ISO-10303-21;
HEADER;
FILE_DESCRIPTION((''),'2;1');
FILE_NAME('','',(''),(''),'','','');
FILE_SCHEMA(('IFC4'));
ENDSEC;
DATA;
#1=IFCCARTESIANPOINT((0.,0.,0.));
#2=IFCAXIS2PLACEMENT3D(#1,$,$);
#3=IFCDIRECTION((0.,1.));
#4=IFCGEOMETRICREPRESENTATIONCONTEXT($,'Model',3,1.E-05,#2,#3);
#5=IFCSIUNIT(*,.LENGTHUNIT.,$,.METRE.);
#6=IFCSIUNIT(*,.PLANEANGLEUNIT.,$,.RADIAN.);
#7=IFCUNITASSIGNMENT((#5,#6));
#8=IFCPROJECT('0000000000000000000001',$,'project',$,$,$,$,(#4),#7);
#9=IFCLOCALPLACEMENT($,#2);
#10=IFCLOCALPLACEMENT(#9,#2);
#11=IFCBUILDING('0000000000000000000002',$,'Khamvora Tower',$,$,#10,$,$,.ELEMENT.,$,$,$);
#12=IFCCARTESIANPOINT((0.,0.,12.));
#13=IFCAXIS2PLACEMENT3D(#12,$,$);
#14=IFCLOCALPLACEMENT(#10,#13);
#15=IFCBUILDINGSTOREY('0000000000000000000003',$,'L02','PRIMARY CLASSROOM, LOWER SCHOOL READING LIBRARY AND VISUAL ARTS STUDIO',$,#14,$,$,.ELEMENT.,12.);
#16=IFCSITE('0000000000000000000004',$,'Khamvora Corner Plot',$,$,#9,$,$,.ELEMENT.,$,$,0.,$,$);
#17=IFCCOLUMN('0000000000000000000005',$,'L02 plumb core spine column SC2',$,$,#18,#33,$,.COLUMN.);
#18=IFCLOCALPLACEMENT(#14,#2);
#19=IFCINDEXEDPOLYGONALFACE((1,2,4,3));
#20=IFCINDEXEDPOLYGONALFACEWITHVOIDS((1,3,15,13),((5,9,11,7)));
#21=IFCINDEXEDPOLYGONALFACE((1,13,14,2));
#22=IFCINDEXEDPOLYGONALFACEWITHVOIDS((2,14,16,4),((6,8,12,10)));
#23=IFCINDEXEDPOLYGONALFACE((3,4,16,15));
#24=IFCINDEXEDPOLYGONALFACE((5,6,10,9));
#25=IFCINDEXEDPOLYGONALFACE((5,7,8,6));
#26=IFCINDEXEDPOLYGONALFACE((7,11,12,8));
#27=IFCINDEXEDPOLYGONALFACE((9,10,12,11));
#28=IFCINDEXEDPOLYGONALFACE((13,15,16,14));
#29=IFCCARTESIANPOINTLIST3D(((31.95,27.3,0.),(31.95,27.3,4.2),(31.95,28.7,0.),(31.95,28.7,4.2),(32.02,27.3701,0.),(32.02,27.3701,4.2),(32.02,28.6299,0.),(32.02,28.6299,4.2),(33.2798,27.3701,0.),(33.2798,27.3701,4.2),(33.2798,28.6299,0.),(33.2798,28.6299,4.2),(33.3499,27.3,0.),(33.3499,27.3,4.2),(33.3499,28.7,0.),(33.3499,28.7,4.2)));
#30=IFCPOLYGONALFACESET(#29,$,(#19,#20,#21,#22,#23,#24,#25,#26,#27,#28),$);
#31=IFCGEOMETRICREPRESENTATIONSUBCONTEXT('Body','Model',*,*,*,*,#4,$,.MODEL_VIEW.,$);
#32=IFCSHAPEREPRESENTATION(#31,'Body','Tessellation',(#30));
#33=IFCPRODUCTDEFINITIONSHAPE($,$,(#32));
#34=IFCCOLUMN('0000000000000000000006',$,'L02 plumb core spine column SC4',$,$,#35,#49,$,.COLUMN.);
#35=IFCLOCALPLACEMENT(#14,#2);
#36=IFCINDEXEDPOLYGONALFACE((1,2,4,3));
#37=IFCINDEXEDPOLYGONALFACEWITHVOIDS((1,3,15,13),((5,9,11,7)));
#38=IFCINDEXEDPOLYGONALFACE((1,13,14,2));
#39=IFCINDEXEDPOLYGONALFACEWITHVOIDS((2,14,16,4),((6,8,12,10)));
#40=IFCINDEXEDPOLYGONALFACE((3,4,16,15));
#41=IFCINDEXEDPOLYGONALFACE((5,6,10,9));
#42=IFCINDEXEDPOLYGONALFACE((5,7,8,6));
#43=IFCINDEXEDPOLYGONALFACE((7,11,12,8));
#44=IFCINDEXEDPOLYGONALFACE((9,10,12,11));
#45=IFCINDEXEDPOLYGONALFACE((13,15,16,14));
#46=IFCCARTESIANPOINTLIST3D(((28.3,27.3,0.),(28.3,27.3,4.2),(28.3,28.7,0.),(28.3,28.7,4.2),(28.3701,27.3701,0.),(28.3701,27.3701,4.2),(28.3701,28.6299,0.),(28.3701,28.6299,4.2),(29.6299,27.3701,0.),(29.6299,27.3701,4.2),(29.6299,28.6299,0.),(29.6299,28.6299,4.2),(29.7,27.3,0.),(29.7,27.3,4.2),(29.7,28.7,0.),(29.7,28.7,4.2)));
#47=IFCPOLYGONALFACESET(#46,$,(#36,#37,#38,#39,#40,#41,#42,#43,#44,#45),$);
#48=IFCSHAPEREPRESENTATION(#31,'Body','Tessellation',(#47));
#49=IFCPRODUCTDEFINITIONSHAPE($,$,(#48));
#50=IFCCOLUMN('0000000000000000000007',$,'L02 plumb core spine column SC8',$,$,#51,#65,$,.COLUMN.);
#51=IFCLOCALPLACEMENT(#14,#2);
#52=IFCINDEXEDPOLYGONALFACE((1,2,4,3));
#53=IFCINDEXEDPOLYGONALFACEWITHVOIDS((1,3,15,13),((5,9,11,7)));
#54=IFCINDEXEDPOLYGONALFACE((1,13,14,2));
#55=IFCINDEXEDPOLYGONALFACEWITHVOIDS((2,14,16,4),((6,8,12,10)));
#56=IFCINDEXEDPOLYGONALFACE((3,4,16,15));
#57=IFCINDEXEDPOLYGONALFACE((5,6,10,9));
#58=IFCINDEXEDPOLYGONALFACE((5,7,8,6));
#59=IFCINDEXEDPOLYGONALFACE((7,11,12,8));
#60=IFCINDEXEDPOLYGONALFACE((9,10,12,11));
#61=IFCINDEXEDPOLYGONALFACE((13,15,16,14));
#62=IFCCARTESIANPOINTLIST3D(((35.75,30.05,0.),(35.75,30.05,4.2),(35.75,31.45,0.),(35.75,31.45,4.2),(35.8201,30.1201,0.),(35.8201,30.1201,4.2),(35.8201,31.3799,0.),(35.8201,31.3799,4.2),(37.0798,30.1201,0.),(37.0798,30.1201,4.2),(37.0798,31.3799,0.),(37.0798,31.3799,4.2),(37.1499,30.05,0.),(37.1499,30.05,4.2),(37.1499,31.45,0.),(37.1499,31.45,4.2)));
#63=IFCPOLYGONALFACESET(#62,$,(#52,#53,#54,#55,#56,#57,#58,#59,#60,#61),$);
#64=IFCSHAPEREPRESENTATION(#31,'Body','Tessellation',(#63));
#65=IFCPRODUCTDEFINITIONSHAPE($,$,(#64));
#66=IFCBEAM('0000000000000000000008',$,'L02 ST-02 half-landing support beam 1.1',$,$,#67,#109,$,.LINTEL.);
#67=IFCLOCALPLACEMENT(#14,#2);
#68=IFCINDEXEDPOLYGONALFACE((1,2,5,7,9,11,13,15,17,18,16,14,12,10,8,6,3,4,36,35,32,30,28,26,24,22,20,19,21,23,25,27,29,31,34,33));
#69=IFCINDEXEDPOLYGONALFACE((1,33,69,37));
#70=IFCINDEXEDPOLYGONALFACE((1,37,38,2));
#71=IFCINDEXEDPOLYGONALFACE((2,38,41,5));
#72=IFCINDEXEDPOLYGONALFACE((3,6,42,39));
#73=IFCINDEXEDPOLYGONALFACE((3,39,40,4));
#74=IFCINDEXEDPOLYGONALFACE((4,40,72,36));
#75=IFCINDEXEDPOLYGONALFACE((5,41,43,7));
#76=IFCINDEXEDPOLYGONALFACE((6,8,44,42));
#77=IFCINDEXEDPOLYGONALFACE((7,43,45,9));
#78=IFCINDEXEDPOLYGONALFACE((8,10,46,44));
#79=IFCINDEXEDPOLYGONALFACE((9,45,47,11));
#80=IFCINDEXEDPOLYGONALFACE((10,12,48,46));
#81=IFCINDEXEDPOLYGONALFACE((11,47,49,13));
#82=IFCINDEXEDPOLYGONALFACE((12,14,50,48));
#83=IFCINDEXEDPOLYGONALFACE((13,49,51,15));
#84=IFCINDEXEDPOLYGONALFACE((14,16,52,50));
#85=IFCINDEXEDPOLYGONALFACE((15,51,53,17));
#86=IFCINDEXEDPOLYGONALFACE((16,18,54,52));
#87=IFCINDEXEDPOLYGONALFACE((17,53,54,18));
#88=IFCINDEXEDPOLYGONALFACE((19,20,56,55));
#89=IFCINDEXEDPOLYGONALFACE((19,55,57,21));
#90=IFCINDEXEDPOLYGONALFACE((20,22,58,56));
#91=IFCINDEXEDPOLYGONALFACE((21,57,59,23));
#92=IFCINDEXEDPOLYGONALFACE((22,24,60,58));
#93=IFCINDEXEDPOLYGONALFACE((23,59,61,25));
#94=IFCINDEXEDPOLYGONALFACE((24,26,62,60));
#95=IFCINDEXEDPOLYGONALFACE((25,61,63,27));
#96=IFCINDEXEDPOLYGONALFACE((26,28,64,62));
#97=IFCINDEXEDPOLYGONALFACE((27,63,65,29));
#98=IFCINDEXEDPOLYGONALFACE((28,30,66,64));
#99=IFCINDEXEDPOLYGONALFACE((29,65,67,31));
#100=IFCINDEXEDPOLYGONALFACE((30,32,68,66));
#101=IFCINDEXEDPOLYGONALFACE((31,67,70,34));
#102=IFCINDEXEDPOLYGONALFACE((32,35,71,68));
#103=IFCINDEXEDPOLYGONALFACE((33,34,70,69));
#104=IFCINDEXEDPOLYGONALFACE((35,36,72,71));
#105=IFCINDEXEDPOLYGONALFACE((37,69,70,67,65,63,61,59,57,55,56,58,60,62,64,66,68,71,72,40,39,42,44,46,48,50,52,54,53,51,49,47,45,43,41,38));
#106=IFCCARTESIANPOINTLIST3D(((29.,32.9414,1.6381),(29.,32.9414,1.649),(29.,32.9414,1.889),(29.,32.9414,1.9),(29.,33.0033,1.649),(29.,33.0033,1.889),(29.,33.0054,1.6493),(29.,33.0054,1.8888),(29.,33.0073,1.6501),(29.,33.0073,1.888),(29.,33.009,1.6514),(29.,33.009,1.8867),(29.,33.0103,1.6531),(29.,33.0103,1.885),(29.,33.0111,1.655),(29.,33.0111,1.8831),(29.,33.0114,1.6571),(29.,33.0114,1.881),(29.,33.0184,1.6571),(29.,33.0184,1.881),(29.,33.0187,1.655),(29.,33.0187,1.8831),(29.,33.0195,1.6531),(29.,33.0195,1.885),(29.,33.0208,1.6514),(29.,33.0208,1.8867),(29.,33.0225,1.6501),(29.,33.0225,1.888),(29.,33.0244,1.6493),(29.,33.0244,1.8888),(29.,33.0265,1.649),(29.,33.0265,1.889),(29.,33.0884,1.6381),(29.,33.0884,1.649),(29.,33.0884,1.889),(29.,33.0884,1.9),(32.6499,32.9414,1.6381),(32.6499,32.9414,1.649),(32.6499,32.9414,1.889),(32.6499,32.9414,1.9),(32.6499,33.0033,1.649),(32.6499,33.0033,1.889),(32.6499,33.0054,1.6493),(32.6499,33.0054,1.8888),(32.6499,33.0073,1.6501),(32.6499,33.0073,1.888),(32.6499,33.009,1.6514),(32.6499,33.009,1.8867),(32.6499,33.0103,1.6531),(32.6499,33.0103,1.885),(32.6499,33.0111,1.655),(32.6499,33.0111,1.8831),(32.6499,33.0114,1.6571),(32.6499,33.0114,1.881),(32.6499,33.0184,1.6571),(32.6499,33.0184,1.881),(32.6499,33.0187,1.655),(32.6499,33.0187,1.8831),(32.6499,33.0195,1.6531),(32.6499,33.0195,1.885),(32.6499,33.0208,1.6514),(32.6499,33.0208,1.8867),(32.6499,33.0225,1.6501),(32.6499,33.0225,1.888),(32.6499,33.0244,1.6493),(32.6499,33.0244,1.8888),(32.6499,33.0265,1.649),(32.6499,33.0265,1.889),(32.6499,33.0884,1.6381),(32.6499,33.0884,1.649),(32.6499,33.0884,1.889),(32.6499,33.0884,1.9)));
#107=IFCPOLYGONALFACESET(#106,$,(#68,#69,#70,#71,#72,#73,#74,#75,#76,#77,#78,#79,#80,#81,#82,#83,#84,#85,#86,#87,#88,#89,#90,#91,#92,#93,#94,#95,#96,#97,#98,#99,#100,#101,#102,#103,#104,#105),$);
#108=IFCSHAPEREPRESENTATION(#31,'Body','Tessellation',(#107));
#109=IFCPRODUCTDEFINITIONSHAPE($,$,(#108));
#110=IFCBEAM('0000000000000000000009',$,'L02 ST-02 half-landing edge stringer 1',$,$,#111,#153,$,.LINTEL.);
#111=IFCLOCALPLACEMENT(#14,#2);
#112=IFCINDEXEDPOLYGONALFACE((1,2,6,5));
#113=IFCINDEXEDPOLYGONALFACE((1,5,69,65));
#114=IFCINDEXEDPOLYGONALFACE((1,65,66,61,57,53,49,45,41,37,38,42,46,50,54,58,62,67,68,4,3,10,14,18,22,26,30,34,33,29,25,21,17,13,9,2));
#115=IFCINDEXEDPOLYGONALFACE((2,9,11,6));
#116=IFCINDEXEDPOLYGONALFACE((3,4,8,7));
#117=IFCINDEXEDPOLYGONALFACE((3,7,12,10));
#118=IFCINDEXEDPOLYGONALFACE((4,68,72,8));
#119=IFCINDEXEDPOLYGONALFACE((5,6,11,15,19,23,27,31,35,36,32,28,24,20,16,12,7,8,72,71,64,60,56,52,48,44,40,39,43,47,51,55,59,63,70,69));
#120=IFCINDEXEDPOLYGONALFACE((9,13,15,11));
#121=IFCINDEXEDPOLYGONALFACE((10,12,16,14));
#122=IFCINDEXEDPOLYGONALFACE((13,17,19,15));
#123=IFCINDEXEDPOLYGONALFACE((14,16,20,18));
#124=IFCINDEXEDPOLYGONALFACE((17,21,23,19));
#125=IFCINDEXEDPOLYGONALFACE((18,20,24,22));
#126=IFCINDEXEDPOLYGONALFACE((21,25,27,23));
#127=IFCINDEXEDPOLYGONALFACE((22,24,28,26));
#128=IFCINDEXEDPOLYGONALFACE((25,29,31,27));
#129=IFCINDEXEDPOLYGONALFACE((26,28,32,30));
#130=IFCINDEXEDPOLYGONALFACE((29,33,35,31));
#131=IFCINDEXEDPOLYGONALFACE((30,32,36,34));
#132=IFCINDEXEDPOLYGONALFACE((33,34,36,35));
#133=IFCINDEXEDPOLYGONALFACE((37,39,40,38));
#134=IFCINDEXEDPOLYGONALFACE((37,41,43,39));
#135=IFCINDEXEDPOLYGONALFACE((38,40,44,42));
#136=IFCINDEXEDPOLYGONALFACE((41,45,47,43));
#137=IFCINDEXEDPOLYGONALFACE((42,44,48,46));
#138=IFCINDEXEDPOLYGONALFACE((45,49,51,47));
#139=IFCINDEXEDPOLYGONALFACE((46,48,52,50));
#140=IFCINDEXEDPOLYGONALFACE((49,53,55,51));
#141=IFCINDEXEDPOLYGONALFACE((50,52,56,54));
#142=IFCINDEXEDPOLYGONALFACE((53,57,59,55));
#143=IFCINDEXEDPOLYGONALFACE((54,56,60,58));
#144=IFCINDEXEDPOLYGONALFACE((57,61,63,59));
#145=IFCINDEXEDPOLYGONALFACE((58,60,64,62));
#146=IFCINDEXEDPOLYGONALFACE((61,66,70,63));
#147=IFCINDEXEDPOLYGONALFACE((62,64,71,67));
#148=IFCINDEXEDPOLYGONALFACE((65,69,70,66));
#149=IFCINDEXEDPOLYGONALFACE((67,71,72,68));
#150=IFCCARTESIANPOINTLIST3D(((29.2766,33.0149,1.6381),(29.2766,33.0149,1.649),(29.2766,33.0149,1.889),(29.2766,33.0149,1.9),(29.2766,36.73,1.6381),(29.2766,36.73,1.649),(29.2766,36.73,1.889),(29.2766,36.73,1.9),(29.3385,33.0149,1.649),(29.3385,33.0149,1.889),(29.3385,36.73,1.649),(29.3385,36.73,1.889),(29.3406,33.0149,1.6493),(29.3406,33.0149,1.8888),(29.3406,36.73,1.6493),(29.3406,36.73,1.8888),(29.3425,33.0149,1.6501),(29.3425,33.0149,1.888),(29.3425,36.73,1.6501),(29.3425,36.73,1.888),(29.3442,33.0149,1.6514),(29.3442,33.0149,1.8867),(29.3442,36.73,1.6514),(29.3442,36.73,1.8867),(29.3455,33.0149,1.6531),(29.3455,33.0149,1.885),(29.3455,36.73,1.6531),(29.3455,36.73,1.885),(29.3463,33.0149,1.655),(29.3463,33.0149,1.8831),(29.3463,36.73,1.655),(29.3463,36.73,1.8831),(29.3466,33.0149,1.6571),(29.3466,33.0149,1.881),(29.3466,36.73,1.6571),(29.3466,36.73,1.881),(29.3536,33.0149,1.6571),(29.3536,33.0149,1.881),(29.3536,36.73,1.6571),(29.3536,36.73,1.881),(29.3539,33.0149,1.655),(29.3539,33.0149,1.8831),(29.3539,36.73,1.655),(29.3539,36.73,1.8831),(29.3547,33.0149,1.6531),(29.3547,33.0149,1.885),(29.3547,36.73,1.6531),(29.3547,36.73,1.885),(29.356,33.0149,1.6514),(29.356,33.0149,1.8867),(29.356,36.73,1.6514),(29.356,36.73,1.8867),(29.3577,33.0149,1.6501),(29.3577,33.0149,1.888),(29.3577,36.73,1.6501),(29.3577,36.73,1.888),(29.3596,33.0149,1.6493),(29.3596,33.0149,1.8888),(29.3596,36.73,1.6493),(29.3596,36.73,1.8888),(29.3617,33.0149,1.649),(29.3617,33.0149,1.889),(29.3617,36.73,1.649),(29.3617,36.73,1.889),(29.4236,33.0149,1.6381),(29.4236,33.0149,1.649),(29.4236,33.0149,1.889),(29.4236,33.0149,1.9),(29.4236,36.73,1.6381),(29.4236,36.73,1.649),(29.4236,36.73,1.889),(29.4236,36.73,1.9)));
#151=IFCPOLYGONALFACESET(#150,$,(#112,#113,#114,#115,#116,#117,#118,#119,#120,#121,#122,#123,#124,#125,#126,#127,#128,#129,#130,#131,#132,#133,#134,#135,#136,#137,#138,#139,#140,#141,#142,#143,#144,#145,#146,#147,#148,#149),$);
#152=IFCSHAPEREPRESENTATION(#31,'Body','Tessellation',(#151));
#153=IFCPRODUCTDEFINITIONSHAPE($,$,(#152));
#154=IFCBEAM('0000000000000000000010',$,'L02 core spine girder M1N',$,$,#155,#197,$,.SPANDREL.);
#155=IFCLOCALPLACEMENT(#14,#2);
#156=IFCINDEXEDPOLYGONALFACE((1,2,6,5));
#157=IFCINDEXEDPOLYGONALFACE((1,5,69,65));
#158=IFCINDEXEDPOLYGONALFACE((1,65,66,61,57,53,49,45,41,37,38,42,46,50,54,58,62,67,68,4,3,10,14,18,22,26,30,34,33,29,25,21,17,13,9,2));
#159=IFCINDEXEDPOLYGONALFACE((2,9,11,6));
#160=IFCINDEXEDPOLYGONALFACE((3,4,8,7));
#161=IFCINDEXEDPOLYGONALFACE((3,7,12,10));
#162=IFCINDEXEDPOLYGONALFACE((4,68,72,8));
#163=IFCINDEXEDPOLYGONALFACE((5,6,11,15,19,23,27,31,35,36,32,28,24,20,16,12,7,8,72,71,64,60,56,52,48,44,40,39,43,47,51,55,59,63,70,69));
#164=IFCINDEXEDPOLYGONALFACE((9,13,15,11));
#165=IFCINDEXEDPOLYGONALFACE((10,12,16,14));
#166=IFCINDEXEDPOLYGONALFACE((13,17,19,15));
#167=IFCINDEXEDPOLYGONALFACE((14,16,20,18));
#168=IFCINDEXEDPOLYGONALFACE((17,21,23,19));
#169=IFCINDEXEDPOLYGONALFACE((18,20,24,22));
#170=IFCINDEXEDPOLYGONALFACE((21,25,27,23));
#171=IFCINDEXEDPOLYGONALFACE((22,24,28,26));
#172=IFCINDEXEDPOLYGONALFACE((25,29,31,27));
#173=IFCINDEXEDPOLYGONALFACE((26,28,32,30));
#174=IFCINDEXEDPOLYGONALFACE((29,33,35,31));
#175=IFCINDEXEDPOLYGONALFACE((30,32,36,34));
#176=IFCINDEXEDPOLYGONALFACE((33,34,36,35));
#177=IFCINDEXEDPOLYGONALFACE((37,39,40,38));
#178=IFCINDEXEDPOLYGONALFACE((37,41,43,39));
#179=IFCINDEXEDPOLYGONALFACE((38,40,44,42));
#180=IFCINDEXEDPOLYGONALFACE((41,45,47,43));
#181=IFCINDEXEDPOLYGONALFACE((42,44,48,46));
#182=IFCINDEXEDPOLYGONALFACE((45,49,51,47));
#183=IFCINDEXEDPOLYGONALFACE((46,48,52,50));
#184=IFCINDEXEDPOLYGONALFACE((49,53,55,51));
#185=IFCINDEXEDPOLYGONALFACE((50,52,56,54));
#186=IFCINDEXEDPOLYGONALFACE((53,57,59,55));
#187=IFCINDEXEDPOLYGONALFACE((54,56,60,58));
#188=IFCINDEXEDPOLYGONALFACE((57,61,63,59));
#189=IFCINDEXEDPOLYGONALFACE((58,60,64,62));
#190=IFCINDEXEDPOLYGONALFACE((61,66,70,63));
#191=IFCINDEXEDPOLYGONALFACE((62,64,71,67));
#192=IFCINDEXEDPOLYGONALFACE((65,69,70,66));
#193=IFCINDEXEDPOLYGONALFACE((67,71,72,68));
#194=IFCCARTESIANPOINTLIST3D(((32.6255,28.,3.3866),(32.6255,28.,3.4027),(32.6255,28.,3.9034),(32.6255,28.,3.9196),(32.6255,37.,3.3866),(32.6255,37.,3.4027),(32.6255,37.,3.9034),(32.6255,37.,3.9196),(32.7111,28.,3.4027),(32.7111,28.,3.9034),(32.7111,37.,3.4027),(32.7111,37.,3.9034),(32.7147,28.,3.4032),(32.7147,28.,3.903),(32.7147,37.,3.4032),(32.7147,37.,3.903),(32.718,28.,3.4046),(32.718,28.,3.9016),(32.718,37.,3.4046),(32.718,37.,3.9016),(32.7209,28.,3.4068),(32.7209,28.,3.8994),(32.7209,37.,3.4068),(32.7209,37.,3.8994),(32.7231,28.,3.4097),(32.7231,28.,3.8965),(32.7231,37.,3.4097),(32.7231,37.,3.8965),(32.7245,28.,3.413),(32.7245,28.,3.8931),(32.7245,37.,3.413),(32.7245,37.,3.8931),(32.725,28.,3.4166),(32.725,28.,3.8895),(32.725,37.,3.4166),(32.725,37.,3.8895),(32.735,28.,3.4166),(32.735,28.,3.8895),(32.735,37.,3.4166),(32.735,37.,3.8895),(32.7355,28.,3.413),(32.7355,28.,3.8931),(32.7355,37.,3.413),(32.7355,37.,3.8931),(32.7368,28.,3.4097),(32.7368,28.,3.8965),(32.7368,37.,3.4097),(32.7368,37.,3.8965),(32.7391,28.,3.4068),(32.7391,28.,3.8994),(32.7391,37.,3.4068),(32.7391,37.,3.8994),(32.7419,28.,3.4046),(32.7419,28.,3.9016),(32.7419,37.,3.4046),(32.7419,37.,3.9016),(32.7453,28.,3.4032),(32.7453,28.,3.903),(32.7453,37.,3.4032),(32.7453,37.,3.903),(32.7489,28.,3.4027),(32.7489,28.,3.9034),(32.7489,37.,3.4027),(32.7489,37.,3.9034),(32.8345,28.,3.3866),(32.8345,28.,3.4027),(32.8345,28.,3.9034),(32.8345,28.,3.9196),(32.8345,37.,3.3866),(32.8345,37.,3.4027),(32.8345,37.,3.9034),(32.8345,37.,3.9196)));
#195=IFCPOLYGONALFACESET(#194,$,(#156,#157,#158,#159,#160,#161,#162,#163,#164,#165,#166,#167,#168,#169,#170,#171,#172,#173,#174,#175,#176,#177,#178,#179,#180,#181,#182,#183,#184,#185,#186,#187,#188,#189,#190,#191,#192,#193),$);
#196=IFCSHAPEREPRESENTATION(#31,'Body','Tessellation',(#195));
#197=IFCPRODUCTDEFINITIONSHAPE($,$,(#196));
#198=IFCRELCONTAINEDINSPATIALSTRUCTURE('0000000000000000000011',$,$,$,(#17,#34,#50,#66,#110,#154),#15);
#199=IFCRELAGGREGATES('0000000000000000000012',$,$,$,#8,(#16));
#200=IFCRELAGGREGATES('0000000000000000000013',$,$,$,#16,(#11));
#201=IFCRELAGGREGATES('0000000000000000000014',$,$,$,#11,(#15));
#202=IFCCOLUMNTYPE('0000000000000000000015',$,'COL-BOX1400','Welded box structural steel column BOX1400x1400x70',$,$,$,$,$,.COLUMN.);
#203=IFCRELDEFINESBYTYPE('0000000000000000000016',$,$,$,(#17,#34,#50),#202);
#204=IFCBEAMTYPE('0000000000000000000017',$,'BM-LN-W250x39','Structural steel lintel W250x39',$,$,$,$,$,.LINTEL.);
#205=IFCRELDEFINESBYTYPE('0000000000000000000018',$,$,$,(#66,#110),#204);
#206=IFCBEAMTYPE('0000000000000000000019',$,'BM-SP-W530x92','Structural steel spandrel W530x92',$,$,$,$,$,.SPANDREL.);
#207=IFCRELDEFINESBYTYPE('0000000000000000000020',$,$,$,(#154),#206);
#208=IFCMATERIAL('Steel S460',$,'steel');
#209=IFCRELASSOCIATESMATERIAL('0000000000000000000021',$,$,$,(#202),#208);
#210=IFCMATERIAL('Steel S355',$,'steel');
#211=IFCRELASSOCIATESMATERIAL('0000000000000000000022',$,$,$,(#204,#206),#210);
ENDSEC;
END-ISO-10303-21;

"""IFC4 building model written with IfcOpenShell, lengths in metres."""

from ifc_helpers import new_model, si_unit, direction, frame, origin, origin_2d, place, context, subcontext, project, spatial, hollow_rectangle, i_section, extrude, material, material_profile, profile_set, type_object, element, save


model = new_model("IFC4")

# Units and contexts
model_context = context("Model", 3, precision=1e-05, world=origin(), true_north=direction((0.0, 1.0)))
body_context = subcontext(model_context, "Body", "Model", "MODEL_VIEW")
ifc_project = project(units=[si_unit("LENGTHUNIT", "METRE"), si_unit("PLANEANGLEUNIT", "RADIAN")], contexts=[model_context])

# Site, building, storey
site_placement = place(None, origin())
site = spatial("IfcSite", under=ifc_project, at=site_placement, Name="Khamvora Corner Plot", CompositionType="ELEMENT", RefElevation=0.0)
building_placement = place(site_placement, origin())
building = spatial("IfcBuilding", under=site, at=building_placement, Name="Khamvora Tower", CompositionType="ELEMENT")
storey_placement = place(building_placement, frame((0.0, 0.0, 12.0)))
storey = spatial("IfcBuildingStorey", under=building, at=storey_placement, Name="L02", Description="PRIMARY CLASSROOM, LOWER SCHOOL READING LIBRARY AND VISUAL ARTS STUDIO", CompositionType="ELEMENT", Elevation=12.0)

# Columns
ifc_material_1 = material(Name="Steel S460", Category="steel")
ifc_material_profile_1 = material_profile(ifc_material_1, hollow_rectangle(XDim=1.3999, YDim=1.3999, WallThickness=0.0701, at=origin_2d()), Name="BOX1400x1400x70")
ifc_profile_set_1 = profile_set([ifc_material_profile_1], Name="Steel S460")
column_type = type_object("IfcColumnType", Name="COL-BOX1400", Description="Welded box structural steel column BOX1400x1400x70", PredefinedType="COLUMN", material=ifc_profile_set_1)
for number, where, z_axis, x_axis, name in (
    (1, (32.6499, 28.0, 0.0), (0.0, 0.0, 1.0), (1.0, 0.0, 0.0), "L02 plumb core spine column SC2"),
    (2, (29.0, 28.0, 0.0), (0.0, 0.0, 1.0), (1.0, 0.0, 0.0), "L02 plumb core spine column SC4"),
    (3, (36.45, 30.75, 0.0), (0.0, 0.0, 1.0), (1.0, 0.0, 0.0), "L02 plumb core spine column SC8"),
):
    element("IfcColumn", number, at=place(storey_placement, frame(where, z_axis=z_axis, x_axis=x_axis)), inside=storey, type_object=column_type, Name=name, PredefinedType="COLUMN", context=body_context, shape_type="SweptSolid", body=[
        extrude(hollow_rectangle(XDim=1.3999, YDim=1.3999, WallThickness=0.0701, at=origin_2d()), origin(), (0.0, 0.0, 1.0), 4.2),
    ])

# Beams
ifc_material_2 = material(Name="Steel S355", Category="steel")
ifc_material_profile_2 = material_profile(ifc_material_2, i_section(OverallWidth=0.147, OverallDepth=0.262, WebThickness=0.0071, FlangeThickness=0.011, FilletRadius=0.0081, at=origin_2d()), Name="W250x39")
ifc_profile_set_2 = profile_set([ifc_material_profile_2], Name="Steel S355")
beam_type_1 = type_object("IfcBeamType", Name="BM-LN-W250x39", Description="Structural steel lintel W250x39", PredefinedType="LINTEL", material=ifc_profile_set_2)
beam_1_placement = place(storey_placement, frame((29.0, 33.0149, 1.769), z_axis=(1.0, 0.0, 0.0), x_axis=(0.0, 1.0, 0.0)))
element("IfcBeam", 4, at=beam_1_placement, inside=storey, type_object=beam_type_1, Name="L02 ST-02 half-landing support beam 1.1", PredefinedType="LINTEL", context=body_context, shape_type="SweptSolid", body=[
    extrude(i_section(OverallWidth=0.147, OverallDepth=0.262, WebThickness=0.0071, FlangeThickness=0.011, FilletRadius=0.0081, at=origin_2d()), origin(), (0.0, 0.0, 1.0), 3.6499),
])
beam_2_placement = place(storey_placement, frame((29.3501, 33.0149, 1.769), z_axis=(0.0, 1.0, 0.0), x_axis=(-1.0, 0.0, 0.0)))
element("IfcBeam", 5, at=beam_2_placement, inside=storey, type_object=beam_type_1, Name="L02 ST-02 half-landing edge stringer 1", PredefinedType="LINTEL", context=body_context, shape_type="SweptSolid", body=[
    extrude(i_section(OverallWidth=0.147, OverallDepth=0.262, WebThickness=0.0071, FlangeThickness=0.011, FilletRadius=0.0081, at=origin_2d()), origin(), (0.0, 0.0, 1.0), 3.7151),
])
ifc_material_profile_3 = material_profile(ifc_material_2, i_section(OverallWidth=0.209, OverallDepth=0.533, WebThickness=0.01, FlangeThickness=0.0161, FilletRadius=0.0139, at=origin_2d()), Name="W530x92")
ifc_profile_set_3 = profile_set([ifc_material_profile_3], Name="Steel S355")
beam_type_2 = type_object("IfcBeamType", Name="BM-SP-W530x92", Description="Structural steel spandrel W530x92", PredefinedType="SPANDREL", material=ifc_profile_set_3)
beam_3_placement = place(storey_placement, frame((32.73, 28.0, 3.6531), z_axis=(0.0, 1.0, 0.0), x_axis=(-1.0, 0.0, 0.0)))
element("IfcBeam", 6, at=beam_3_placement, inside=storey, type_object=beam_type_2, Name="L02 core spine girder M1N", PredefinedType="SPANDREL", context=body_context, shape_type="SweptSolid", body=[
    extrude(i_section(OverallWidth=0.209, OverallDepth=0.533, WebThickness=0.01, FlangeThickness=0.0161, FilletRadius=0.0139, at=origin_2d()), origin(), (0.0, 0.0, 1.0), 9.0),
])

save(model, "model.ifc")
